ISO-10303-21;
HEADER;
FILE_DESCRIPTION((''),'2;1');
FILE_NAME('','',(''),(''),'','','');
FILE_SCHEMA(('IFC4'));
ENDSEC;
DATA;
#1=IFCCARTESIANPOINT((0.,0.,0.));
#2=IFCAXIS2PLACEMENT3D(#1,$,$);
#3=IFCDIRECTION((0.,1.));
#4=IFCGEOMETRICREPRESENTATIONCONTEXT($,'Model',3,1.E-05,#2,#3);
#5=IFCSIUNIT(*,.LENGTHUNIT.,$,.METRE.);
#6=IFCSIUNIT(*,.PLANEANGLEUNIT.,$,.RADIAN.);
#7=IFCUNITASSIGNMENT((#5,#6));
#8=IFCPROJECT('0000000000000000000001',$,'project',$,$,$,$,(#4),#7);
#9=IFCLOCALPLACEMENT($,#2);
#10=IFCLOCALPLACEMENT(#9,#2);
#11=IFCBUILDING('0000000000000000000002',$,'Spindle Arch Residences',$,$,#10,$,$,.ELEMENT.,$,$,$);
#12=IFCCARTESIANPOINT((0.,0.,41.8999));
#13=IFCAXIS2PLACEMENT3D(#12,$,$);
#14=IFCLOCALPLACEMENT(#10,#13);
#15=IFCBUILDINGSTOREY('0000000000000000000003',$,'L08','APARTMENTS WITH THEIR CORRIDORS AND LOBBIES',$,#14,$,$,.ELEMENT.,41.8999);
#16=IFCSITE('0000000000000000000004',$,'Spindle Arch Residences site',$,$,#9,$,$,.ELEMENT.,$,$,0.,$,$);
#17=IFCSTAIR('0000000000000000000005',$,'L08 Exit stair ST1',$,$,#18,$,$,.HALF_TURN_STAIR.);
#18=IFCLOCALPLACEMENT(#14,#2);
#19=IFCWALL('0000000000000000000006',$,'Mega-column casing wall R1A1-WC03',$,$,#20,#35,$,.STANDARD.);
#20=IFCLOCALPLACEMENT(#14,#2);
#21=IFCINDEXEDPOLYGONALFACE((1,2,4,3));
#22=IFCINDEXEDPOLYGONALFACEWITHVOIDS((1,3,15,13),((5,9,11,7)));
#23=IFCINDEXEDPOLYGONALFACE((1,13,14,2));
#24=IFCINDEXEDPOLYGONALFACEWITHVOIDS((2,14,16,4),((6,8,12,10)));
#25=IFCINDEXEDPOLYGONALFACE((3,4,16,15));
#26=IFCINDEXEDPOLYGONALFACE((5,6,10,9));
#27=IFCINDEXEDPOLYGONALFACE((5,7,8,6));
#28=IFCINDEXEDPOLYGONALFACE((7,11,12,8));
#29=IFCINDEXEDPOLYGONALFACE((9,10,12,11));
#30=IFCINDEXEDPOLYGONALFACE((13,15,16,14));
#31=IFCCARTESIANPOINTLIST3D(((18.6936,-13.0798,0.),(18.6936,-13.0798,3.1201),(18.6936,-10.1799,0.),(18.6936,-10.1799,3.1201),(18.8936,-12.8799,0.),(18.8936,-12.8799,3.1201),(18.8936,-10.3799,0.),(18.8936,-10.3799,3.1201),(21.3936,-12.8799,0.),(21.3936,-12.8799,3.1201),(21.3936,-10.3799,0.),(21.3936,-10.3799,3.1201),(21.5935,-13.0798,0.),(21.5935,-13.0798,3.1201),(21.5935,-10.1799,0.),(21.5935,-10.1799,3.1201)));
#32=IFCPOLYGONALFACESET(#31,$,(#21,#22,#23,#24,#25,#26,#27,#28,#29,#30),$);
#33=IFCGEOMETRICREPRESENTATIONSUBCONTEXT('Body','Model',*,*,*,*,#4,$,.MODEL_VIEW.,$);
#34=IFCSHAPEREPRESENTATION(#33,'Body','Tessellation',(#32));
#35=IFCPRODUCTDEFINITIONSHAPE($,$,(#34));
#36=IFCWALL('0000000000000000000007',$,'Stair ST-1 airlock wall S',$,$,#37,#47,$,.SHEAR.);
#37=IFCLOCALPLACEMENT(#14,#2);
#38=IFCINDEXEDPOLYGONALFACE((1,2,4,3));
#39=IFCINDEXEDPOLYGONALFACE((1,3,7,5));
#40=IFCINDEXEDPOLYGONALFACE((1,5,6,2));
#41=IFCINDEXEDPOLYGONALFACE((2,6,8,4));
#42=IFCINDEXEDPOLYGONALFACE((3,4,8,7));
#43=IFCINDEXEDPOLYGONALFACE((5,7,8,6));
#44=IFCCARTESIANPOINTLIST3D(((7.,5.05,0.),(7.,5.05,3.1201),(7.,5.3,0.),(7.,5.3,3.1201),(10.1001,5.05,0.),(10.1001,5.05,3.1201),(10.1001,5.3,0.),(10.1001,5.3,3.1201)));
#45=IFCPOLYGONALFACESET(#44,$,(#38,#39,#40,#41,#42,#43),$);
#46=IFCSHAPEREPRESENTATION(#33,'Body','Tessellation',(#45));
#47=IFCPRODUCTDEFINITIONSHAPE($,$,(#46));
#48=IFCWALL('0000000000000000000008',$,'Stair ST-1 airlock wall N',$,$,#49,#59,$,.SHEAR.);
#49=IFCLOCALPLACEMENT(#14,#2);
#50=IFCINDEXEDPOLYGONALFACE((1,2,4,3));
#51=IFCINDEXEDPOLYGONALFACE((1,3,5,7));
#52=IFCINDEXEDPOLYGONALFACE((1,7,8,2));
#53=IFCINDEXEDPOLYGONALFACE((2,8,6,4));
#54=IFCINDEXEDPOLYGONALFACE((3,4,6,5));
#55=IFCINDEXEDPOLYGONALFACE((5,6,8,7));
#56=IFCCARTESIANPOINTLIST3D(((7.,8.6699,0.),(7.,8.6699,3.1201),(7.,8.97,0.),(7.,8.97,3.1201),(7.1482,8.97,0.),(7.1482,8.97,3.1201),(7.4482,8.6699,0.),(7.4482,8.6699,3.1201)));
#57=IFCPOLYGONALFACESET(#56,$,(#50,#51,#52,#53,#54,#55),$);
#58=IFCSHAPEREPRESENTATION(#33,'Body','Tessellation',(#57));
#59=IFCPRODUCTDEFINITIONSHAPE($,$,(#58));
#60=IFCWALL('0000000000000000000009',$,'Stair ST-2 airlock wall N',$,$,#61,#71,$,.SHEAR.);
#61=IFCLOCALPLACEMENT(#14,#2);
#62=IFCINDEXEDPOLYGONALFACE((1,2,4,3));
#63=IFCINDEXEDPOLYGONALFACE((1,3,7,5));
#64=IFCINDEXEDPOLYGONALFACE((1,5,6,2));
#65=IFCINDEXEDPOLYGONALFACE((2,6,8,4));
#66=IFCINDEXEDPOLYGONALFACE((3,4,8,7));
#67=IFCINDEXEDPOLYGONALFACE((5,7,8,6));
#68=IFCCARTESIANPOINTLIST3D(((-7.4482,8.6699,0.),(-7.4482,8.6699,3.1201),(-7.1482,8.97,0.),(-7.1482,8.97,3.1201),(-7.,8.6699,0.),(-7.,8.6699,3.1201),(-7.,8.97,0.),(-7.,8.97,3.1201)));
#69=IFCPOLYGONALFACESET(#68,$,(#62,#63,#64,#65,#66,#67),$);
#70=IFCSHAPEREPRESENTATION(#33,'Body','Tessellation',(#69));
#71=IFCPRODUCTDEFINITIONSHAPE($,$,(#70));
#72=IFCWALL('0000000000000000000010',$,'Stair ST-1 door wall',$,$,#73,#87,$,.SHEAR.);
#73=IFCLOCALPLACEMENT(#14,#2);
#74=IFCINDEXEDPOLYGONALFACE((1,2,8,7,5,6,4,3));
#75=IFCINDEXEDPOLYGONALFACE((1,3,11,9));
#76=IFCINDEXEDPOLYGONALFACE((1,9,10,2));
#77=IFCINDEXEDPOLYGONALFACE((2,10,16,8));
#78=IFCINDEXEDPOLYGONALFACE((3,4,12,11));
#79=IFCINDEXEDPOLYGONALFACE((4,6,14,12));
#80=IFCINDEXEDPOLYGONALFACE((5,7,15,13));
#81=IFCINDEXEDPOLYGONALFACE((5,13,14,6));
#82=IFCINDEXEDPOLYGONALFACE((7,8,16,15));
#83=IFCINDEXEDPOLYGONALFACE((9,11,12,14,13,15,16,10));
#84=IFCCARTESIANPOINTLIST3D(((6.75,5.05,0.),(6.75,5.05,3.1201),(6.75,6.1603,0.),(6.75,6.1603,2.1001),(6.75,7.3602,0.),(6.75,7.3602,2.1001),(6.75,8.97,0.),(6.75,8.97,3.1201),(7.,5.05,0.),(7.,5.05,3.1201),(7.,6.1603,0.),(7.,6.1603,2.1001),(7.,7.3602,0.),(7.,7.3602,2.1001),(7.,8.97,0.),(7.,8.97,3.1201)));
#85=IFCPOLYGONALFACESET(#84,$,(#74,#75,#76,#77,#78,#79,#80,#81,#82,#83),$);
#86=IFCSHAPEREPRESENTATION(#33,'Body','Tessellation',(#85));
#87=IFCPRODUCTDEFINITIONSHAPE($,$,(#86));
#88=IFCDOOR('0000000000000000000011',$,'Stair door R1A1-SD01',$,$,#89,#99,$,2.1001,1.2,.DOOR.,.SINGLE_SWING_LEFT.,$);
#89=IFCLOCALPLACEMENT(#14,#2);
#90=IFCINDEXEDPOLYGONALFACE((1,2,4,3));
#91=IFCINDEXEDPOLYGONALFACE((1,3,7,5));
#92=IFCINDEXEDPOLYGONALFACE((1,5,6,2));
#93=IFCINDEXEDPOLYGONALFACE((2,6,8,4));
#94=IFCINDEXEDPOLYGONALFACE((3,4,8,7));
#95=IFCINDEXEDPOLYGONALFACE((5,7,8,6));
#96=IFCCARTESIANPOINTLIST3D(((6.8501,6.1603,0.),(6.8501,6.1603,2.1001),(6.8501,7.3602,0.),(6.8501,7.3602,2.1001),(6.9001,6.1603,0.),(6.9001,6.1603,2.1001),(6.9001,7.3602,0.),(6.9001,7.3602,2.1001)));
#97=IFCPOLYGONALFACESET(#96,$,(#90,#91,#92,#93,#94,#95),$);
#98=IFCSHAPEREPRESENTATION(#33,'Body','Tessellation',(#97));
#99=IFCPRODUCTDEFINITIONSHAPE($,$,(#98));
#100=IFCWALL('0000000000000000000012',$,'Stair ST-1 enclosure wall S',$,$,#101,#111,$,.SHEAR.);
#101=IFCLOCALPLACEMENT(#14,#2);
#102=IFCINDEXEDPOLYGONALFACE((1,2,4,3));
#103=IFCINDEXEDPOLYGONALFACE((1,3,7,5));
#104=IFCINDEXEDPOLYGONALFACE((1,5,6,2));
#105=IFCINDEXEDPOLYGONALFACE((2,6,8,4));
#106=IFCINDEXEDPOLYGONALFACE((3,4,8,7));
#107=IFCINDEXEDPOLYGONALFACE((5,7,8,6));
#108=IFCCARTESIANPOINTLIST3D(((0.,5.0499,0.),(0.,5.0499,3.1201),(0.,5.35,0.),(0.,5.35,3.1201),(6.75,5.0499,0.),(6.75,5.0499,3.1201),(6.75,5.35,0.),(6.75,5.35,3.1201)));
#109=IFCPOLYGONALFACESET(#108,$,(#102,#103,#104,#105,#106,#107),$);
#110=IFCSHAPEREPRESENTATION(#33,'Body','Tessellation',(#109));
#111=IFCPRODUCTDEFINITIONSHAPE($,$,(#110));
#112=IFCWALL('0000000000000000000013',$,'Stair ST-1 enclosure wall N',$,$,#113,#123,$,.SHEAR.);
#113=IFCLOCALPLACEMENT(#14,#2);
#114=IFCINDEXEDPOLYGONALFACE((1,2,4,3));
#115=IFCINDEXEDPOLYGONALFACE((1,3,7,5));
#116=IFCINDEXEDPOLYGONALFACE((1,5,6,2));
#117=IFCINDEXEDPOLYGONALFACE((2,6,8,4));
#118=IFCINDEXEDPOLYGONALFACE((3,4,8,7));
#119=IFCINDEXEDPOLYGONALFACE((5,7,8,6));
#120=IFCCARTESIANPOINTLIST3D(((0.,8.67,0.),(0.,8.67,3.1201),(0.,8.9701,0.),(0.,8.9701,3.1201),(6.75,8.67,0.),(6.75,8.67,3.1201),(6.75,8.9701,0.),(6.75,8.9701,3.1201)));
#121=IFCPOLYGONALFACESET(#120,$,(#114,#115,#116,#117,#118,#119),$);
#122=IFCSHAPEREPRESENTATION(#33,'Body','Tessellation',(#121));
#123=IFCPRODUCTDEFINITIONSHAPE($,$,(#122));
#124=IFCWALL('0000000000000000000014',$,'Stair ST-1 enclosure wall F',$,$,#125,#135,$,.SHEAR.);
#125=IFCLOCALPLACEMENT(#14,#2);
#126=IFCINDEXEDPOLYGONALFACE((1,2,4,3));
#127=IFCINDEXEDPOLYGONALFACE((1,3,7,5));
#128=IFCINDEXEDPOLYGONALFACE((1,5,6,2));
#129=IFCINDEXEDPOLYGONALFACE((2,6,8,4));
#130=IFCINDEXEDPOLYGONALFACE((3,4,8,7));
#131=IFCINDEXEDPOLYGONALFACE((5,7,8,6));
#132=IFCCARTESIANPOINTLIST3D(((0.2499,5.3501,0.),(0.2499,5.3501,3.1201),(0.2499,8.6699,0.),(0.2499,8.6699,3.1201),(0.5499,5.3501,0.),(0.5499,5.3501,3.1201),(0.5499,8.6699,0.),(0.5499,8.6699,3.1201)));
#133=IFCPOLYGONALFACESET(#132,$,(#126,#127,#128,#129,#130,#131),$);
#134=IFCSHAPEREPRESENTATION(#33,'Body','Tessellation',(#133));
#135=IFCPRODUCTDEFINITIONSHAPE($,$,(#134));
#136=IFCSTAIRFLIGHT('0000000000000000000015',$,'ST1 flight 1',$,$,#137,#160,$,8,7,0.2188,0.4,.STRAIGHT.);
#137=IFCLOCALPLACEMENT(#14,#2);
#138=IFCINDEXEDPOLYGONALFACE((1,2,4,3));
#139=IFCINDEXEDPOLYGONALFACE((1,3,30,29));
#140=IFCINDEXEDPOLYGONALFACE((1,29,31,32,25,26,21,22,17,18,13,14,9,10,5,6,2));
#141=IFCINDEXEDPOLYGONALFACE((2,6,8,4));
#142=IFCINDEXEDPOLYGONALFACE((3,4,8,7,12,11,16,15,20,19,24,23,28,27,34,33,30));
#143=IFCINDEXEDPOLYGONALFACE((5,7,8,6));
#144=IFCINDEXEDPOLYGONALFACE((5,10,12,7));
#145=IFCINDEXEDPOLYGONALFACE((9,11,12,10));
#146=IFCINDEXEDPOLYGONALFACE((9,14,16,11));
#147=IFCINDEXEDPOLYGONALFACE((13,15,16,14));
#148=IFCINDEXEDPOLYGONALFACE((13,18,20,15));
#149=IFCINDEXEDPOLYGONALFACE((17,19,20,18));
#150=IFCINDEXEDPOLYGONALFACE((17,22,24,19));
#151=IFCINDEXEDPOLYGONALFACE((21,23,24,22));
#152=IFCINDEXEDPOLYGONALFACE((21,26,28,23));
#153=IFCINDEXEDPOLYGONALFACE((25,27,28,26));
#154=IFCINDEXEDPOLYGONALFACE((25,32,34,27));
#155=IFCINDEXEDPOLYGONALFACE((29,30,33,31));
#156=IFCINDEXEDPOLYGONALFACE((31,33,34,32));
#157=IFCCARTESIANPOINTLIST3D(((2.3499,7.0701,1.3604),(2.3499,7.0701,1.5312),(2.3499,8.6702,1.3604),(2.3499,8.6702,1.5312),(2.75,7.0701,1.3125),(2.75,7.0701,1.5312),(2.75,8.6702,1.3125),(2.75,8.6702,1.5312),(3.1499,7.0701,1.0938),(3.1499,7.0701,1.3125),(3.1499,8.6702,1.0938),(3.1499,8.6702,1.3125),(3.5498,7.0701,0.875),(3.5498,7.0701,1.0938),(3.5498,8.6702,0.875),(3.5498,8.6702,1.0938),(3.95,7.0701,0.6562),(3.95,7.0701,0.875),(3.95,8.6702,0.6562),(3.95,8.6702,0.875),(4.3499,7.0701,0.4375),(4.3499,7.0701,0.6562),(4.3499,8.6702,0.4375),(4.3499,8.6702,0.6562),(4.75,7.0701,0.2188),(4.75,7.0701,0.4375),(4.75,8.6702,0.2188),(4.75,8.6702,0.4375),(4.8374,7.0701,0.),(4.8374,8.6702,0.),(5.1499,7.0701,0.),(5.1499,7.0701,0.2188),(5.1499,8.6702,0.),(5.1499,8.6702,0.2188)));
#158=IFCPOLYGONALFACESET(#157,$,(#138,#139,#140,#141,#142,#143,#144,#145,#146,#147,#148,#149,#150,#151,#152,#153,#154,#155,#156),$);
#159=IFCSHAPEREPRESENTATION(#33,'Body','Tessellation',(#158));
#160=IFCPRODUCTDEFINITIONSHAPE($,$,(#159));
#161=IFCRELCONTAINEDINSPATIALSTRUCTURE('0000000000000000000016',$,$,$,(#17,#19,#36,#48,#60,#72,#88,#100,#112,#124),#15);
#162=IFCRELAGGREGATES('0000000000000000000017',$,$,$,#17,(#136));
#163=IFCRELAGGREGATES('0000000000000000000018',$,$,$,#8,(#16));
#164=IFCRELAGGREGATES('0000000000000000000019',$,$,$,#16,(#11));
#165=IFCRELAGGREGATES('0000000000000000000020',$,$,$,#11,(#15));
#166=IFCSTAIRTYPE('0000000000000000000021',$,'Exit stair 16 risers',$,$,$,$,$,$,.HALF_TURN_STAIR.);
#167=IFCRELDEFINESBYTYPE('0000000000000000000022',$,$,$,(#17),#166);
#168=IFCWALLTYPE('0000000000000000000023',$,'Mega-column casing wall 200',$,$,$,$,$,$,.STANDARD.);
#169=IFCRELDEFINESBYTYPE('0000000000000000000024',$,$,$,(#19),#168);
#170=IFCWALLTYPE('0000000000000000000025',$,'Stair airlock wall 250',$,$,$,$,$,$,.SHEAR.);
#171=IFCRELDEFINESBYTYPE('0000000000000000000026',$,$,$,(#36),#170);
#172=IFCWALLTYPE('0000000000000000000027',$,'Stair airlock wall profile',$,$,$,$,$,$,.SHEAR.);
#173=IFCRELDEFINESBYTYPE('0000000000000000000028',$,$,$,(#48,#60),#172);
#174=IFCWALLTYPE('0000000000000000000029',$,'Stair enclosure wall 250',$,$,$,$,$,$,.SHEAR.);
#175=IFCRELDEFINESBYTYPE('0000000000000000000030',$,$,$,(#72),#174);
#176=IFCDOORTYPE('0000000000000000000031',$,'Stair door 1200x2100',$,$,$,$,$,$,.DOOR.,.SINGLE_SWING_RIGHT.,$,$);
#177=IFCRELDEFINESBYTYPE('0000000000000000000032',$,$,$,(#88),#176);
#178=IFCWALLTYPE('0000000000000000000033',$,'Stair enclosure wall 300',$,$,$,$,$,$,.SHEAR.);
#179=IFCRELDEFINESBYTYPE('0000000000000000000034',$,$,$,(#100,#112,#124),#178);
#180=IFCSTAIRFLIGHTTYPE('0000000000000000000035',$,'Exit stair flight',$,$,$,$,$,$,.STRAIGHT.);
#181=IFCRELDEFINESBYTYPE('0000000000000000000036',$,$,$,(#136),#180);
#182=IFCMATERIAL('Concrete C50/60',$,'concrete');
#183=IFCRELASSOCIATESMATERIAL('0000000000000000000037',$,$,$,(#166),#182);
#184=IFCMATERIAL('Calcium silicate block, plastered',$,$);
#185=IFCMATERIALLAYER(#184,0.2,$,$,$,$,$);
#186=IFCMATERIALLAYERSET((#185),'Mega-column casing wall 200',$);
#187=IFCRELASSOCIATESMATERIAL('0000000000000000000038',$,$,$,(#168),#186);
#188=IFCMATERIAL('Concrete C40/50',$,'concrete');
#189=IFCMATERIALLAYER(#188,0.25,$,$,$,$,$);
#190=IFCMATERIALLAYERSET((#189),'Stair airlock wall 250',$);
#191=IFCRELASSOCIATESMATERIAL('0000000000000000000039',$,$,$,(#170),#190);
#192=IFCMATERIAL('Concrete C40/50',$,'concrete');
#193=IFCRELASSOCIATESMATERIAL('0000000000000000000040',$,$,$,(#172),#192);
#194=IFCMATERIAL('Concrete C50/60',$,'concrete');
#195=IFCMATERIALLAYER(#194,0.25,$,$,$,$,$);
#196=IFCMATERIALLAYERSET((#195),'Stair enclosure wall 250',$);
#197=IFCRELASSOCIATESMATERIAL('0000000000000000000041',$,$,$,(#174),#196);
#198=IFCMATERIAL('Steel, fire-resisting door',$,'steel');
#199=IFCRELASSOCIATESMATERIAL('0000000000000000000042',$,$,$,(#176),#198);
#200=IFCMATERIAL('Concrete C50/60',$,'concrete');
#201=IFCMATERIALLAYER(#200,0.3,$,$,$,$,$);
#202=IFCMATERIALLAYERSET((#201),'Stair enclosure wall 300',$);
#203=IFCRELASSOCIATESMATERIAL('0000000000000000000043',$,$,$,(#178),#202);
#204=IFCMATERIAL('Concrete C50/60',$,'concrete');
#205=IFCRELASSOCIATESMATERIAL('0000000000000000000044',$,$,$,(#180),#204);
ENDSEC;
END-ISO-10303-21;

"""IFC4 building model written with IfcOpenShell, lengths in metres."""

from ifc_helpers import new_model, si_unit, direction, frame, frame_2d, origin, place, context, subcontext, project, spatial, polyline, rectangle, outline, extrude, material, layer, layer_set, type_object, element, fill, aggregate, save


model = new_model("IFC4")

# Units and contexts
model_context = context("Model", 3, precision=1e-05, world=origin(), true_north=direction((0.0, 1.0)))
body_context = subcontext(model_context, "Body", "Model", "MODEL_VIEW")
ifc_project = project(units=[si_unit("LENGTHUNIT", "METRE"), si_unit("PLANEANGLEUNIT", "RADIAN")], contexts=[model_context])

# Site, building, storey
site_placement = place(None, origin())
site = spatial("IfcSite", under=ifc_project, at=site_placement, Name="Spindle Arch Residences site", CompositionType="ELEMENT", RefElevation=0.0)
building_placement = place(site_placement, origin())
building = spatial("IfcBuilding", under=site, at=building_placement, Name="Spindle Arch Residences", CompositionType="ELEMENT")
storey_placement = place(building_placement, frame((0.0, 0.0, 41.8999)))
storey = spatial("IfcBuildingStorey", under=building, at=storey_placement, Name="L08", Description="APARTMENTS WITH THEIR CORRIDORS AND LOBBIES", CompositionType="ELEMENT", Elevation=41.8999)

# Stair
ifc_material_1 = material(Name="Concrete C50/60", Category="concrete")
stair_type = type_object("IfcStairType", Name="Exit stair 16 risers", PredefinedType="HALF_TURN_STAIR", material=ifc_material_1)
stair_1_placement = place(storey_placement, origin())
stair_1 = element("IfcStair", 1, at=stair_1_placement, inside=storey, type_object=stair_type, Name="L08 Exit stair ST1", PredefinedType="HALF_TURN_STAIR")

# Walls
ifc_material_2 = material(Name="Calcium silicate block, plastered")
ifc_layer_1 = layer(ifc_material_2, 0.2)
ifc_layer_set_1 = layer_set([ifc_layer_1], Name="Mega-column casing wall 200")
wall_type_1 = type_object("IfcWallType", Name="Mega-column casing wall 200", PredefinedType="STANDARD", material=ifc_layer_set_1)
wall_1_placement = place(storey_placement, origin())
element("IfcWall", 2, at=wall_1_placement, inside=storey, type_object=wall_type_1, Name="Mega-column casing wall R1A1-WC03", PredefinedType="STANDARD", context=body_context, shape_type="SweptSolid", body=[
    extrude(outline(polyline([(21.5935, -10.1799), (21.5935, -13.0798), (18.6936, -13.0798), (18.6936, -10.1799), (21.5935, -10.1799)]), holes=[polyline([(18.8936, -12.8799), (21.3936, -12.8799), (21.3936, -10.3799), (18.8936, -10.3799), (18.8936, -12.8799)])]), origin(), (0.0, 0.0, 1.0), 3.1201),
])
ifc_material_3 = material(Name="Concrete C40/50", Category="concrete")
ifc_layer_2 = layer(ifc_material_3, 0.25)
ifc_layer_set_2 = layer_set([ifc_layer_2], Name="Stair airlock wall 250")
wall_type_2 = type_object("IfcWallType", Name="Stair airlock wall 250", PredefinedType="SHEAR", material=ifc_layer_set_2)
wall_2_placement = place(storey_placement, frame((7.0, 5.175, 0.0), z_axis=(0.0, 0.0, 1.0), x_axis=(1.0, 0.0, 0.0)))
element("IfcWall", 3, at=wall_2_placement, inside=storey, type_object=wall_type_2, Name="Stair ST-1 airlock wall S", PredefinedType="SHEAR", context=body_context, shape_type="SweptSolid", body=[
    extrude(rectangle(XDim=3.1001, YDim=0.25, at=frame_2d((1.55, 0.0))), origin(), (0.0, 0.0, 1.0), 3.1201),
])
ifc_material_4 = material(Name="Concrete C40/50", Category="concrete")
wall_type_3 = type_object("IfcWallType", Name="Stair airlock wall profile", PredefinedType="SHEAR", material=ifc_material_4)
wall_3_placement = place(storey_placement, origin())
element("IfcWall", 4, at=wall_3_placement, inside=storey, type_object=wall_type_3, Name="Stair ST-1 airlock wall N", PredefinedType="SHEAR", context=body_context, shape_type="SweptSolid", body=[
    extrude(outline(polyline([(7.4482, 8.6699), (7.0, 8.6699), (7.0, 8.97), (7.1482, 8.97), (7.4482, 8.6699)])), origin(), (0.0, 0.0, 1.0), 3.1201),
])
wall_4_placement = place(storey_placement, origin())
element("IfcWall", 5, at=wall_4_placement, inside=storey, type_object=wall_type_3, Name="Stair ST-2 airlock wall N", PredefinedType="SHEAR", context=body_context, shape_type="SweptSolid", body=[
    extrude(outline(polyline([(-7.1482, 8.97), (-7.0, 8.97), (-7.0, 8.6699), (-7.4482, 8.6699), (-7.1482, 8.97)])), origin(), (0.0, 0.0, 1.0), 3.1201),
])

# Wall, opening, door
ifc_material_5 = material(Name="Concrete C50/60", Category="concrete")
ifc_layer_3 = layer(ifc_material_5, 0.25)
ifc_layer_set_3 = layer_set([ifc_layer_3], Name="Stair enclosure wall 250")
wall_type_4 = type_object("IfcWallType", Name="Stair enclosure wall 250", PredefinedType="SHEAR", material=ifc_layer_set_3)
wall_5_placement = place(storey_placement, frame((6.875, 5.05, 0.0), z_axis=(0.0, 0.0, 1.0), x_axis=(0.0, 1.0, 0.0)))
wall_5 = element("IfcWall", 6, at=wall_5_placement, inside=storey, type_object=wall_type_4, Name="Stair ST-1 door wall", PredefinedType="SHEAR", context=body_context, shape_type="SweptSolid", body=[
    extrude(rectangle(XDim=3.9199, YDim=0.25, at=frame_2d((1.96, 0.0))), origin(), (0.0, 0.0, 1.0), 3.1201),
])
opening_1_placement = place(wall_5_placement, frame((1.1101, 0.0, 0.0)))
opening_1 = element("IfcOpeningElement", 7, at=opening_1_placement, cuts=wall_5, PredefinedType="OPENING", context=body_context, shape_type="SweptSolid", body=[
    extrude(rectangle(XDim=1.2, YDim=2.1001, at=frame_2d((0.6001, 1.05))), frame((0.0, 0.135, 0.0), z_axis=(0.0, -1.0, 0.0), x_axis=(1.0, 0.0, 0.0)), (0.0, 0.0, 1.0), 0.27),
])
ifc_material_6 = material(Name="Steel, fire-resisting door", Category="steel")
door_type_1 = type_object("IfcDoorType", Name="Stair door 1200x2100", OperationType="SINGLE_SWING_RIGHT", PredefinedType="DOOR", material=ifc_material_6)
door_1_placement = place(opening_1_placement, origin())
door_1 = element("IfcDoor", 8, at=door_1_placement, inside=storey, type_object=door_type_1, Name="Stair door R1A1-SD01", OperationType="SINGLE_SWING_LEFT", OverallHeight=2.1001, OverallWidth=1.2, PredefinedType="DOOR", context=body_context, shape_type="SweptSolid", body=[
    extrude(rectangle(XDim=1.2, YDim=2.1001, at=frame_2d((0.6001, 1.05))), frame((0.0, 0.0249, 0.0), z_axis=(0.0, -1.0, 0.0), x_axis=(1.0, 0.0, 0.0)), (0.0, 0.0, 1.0), 0.05),
])
fill(opening_1, door_1)

# Walls
ifc_material_7 = material(Name="Concrete C50/60", Category="concrete")
ifc_layer_4 = layer(ifc_material_7, 0.3)
ifc_layer_set_4 = layer_set([ifc_layer_4], Name="Stair enclosure wall 300")
wall_type_5 = type_object("IfcWallType", Name="Stair enclosure wall 300", PredefinedType="SHEAR", material=ifc_layer_set_4)
for number, where, z_axis, x_axis, name in (
    (9, (0.0, 5.2, 0.0), (0.0, 0.0, 1.0), (1.0, 0.0, 0.0), "Stair ST-1 enclosure wall S"),
    (10, (0.0, 8.8201, 0.0), (0.0, 0.0, 1.0), (1.0, 0.0, 0.0), "Stair ST-1 enclosure wall N"),
):
    element("IfcWall", number, at=place(storey_placement, frame(where, z_axis=z_axis, x_axis=x_axis)), inside=storey, type_object=wall_type_5, Name=name, PredefinedType="SHEAR", context=body_context, shape_type="SweptSolid", body=[
        extrude(rectangle(XDim=6.75, YDim=0.3, at=frame_2d((3.375, 0.0))), origin(), (0.0, 0.0, 1.0), 3.1201),
    ])
wall_6_placement = place(storey_placement, frame((0.3999, 5.3501, 0.0), z_axis=(0.0, 0.0, 1.0), x_axis=(0.0, 1.0, 0.0)))
element("IfcWall", 11, at=wall_6_placement, inside=storey, type_object=wall_type_5, Name="Stair ST-1 enclosure wall F", PredefinedType="SHEAR", context=body_context, shape_type="SweptSolid", body=[
    extrude(rectangle(XDim=3.3198, YDim=0.3, at=frame_2d((1.6599, 0.0))), origin(), (0.0, 0.0, 1.0), 3.1201),
])

# Stair flight
ifc_material_8 = material(Name="Concrete C50/60", Category="concrete")
stair_flight_type = type_object("IfcStairFlightType", Name="Exit stair flight", PredefinedType="STRAIGHT", material=ifc_material_8)
stair_flight_1_placement = place(storey_placement, frame((5.1499, 7.8701, 0.0), z_axis=(0.0, 0.0, 1.0), x_axis=(-1.0, 0.0, 0.0)))
stair_flight_1 = element("IfcStairFlight", 12, at=stair_flight_1_placement, type_object=stair_flight_type, Name="ST1 flight 1", NumberOfRisers=8, NumberOfTreads=7, PredefinedType="STRAIGHT", RiserHeight=0.2188, TreadLength=0.4, context=body_context, shape_type="SweptSolid", body=[
    extrude(outline(polyline([(0.0, 0.0), (0.0, 0.2188), (0.3999, 0.2188), (0.3999, 0.4375), (0.8, 0.4375), (0.8, 0.6562), (1.2, 0.6562), (1.2, 0.875), (1.6001, 0.875), (1.6001, 1.0938), (2.0, 1.0938), (2.0, 1.3125), (2.3999, 1.3125), (2.3999, 1.5312), (2.8, 1.5312), (2.8, 1.75), (2.8, 1.3604), (0.3125, 0.0), (0.0, 0.0)])), frame((0.0, 0.8, 0.0), z_axis=(0.0, -1.0, 0.0), x_axis=(1.0, 0.0, 0.0)), (0.0, 0.0, 1.0), 1.6001),
])
aggregate(stair_1, [stair_flight_1])

save(model, "model.ifc")
